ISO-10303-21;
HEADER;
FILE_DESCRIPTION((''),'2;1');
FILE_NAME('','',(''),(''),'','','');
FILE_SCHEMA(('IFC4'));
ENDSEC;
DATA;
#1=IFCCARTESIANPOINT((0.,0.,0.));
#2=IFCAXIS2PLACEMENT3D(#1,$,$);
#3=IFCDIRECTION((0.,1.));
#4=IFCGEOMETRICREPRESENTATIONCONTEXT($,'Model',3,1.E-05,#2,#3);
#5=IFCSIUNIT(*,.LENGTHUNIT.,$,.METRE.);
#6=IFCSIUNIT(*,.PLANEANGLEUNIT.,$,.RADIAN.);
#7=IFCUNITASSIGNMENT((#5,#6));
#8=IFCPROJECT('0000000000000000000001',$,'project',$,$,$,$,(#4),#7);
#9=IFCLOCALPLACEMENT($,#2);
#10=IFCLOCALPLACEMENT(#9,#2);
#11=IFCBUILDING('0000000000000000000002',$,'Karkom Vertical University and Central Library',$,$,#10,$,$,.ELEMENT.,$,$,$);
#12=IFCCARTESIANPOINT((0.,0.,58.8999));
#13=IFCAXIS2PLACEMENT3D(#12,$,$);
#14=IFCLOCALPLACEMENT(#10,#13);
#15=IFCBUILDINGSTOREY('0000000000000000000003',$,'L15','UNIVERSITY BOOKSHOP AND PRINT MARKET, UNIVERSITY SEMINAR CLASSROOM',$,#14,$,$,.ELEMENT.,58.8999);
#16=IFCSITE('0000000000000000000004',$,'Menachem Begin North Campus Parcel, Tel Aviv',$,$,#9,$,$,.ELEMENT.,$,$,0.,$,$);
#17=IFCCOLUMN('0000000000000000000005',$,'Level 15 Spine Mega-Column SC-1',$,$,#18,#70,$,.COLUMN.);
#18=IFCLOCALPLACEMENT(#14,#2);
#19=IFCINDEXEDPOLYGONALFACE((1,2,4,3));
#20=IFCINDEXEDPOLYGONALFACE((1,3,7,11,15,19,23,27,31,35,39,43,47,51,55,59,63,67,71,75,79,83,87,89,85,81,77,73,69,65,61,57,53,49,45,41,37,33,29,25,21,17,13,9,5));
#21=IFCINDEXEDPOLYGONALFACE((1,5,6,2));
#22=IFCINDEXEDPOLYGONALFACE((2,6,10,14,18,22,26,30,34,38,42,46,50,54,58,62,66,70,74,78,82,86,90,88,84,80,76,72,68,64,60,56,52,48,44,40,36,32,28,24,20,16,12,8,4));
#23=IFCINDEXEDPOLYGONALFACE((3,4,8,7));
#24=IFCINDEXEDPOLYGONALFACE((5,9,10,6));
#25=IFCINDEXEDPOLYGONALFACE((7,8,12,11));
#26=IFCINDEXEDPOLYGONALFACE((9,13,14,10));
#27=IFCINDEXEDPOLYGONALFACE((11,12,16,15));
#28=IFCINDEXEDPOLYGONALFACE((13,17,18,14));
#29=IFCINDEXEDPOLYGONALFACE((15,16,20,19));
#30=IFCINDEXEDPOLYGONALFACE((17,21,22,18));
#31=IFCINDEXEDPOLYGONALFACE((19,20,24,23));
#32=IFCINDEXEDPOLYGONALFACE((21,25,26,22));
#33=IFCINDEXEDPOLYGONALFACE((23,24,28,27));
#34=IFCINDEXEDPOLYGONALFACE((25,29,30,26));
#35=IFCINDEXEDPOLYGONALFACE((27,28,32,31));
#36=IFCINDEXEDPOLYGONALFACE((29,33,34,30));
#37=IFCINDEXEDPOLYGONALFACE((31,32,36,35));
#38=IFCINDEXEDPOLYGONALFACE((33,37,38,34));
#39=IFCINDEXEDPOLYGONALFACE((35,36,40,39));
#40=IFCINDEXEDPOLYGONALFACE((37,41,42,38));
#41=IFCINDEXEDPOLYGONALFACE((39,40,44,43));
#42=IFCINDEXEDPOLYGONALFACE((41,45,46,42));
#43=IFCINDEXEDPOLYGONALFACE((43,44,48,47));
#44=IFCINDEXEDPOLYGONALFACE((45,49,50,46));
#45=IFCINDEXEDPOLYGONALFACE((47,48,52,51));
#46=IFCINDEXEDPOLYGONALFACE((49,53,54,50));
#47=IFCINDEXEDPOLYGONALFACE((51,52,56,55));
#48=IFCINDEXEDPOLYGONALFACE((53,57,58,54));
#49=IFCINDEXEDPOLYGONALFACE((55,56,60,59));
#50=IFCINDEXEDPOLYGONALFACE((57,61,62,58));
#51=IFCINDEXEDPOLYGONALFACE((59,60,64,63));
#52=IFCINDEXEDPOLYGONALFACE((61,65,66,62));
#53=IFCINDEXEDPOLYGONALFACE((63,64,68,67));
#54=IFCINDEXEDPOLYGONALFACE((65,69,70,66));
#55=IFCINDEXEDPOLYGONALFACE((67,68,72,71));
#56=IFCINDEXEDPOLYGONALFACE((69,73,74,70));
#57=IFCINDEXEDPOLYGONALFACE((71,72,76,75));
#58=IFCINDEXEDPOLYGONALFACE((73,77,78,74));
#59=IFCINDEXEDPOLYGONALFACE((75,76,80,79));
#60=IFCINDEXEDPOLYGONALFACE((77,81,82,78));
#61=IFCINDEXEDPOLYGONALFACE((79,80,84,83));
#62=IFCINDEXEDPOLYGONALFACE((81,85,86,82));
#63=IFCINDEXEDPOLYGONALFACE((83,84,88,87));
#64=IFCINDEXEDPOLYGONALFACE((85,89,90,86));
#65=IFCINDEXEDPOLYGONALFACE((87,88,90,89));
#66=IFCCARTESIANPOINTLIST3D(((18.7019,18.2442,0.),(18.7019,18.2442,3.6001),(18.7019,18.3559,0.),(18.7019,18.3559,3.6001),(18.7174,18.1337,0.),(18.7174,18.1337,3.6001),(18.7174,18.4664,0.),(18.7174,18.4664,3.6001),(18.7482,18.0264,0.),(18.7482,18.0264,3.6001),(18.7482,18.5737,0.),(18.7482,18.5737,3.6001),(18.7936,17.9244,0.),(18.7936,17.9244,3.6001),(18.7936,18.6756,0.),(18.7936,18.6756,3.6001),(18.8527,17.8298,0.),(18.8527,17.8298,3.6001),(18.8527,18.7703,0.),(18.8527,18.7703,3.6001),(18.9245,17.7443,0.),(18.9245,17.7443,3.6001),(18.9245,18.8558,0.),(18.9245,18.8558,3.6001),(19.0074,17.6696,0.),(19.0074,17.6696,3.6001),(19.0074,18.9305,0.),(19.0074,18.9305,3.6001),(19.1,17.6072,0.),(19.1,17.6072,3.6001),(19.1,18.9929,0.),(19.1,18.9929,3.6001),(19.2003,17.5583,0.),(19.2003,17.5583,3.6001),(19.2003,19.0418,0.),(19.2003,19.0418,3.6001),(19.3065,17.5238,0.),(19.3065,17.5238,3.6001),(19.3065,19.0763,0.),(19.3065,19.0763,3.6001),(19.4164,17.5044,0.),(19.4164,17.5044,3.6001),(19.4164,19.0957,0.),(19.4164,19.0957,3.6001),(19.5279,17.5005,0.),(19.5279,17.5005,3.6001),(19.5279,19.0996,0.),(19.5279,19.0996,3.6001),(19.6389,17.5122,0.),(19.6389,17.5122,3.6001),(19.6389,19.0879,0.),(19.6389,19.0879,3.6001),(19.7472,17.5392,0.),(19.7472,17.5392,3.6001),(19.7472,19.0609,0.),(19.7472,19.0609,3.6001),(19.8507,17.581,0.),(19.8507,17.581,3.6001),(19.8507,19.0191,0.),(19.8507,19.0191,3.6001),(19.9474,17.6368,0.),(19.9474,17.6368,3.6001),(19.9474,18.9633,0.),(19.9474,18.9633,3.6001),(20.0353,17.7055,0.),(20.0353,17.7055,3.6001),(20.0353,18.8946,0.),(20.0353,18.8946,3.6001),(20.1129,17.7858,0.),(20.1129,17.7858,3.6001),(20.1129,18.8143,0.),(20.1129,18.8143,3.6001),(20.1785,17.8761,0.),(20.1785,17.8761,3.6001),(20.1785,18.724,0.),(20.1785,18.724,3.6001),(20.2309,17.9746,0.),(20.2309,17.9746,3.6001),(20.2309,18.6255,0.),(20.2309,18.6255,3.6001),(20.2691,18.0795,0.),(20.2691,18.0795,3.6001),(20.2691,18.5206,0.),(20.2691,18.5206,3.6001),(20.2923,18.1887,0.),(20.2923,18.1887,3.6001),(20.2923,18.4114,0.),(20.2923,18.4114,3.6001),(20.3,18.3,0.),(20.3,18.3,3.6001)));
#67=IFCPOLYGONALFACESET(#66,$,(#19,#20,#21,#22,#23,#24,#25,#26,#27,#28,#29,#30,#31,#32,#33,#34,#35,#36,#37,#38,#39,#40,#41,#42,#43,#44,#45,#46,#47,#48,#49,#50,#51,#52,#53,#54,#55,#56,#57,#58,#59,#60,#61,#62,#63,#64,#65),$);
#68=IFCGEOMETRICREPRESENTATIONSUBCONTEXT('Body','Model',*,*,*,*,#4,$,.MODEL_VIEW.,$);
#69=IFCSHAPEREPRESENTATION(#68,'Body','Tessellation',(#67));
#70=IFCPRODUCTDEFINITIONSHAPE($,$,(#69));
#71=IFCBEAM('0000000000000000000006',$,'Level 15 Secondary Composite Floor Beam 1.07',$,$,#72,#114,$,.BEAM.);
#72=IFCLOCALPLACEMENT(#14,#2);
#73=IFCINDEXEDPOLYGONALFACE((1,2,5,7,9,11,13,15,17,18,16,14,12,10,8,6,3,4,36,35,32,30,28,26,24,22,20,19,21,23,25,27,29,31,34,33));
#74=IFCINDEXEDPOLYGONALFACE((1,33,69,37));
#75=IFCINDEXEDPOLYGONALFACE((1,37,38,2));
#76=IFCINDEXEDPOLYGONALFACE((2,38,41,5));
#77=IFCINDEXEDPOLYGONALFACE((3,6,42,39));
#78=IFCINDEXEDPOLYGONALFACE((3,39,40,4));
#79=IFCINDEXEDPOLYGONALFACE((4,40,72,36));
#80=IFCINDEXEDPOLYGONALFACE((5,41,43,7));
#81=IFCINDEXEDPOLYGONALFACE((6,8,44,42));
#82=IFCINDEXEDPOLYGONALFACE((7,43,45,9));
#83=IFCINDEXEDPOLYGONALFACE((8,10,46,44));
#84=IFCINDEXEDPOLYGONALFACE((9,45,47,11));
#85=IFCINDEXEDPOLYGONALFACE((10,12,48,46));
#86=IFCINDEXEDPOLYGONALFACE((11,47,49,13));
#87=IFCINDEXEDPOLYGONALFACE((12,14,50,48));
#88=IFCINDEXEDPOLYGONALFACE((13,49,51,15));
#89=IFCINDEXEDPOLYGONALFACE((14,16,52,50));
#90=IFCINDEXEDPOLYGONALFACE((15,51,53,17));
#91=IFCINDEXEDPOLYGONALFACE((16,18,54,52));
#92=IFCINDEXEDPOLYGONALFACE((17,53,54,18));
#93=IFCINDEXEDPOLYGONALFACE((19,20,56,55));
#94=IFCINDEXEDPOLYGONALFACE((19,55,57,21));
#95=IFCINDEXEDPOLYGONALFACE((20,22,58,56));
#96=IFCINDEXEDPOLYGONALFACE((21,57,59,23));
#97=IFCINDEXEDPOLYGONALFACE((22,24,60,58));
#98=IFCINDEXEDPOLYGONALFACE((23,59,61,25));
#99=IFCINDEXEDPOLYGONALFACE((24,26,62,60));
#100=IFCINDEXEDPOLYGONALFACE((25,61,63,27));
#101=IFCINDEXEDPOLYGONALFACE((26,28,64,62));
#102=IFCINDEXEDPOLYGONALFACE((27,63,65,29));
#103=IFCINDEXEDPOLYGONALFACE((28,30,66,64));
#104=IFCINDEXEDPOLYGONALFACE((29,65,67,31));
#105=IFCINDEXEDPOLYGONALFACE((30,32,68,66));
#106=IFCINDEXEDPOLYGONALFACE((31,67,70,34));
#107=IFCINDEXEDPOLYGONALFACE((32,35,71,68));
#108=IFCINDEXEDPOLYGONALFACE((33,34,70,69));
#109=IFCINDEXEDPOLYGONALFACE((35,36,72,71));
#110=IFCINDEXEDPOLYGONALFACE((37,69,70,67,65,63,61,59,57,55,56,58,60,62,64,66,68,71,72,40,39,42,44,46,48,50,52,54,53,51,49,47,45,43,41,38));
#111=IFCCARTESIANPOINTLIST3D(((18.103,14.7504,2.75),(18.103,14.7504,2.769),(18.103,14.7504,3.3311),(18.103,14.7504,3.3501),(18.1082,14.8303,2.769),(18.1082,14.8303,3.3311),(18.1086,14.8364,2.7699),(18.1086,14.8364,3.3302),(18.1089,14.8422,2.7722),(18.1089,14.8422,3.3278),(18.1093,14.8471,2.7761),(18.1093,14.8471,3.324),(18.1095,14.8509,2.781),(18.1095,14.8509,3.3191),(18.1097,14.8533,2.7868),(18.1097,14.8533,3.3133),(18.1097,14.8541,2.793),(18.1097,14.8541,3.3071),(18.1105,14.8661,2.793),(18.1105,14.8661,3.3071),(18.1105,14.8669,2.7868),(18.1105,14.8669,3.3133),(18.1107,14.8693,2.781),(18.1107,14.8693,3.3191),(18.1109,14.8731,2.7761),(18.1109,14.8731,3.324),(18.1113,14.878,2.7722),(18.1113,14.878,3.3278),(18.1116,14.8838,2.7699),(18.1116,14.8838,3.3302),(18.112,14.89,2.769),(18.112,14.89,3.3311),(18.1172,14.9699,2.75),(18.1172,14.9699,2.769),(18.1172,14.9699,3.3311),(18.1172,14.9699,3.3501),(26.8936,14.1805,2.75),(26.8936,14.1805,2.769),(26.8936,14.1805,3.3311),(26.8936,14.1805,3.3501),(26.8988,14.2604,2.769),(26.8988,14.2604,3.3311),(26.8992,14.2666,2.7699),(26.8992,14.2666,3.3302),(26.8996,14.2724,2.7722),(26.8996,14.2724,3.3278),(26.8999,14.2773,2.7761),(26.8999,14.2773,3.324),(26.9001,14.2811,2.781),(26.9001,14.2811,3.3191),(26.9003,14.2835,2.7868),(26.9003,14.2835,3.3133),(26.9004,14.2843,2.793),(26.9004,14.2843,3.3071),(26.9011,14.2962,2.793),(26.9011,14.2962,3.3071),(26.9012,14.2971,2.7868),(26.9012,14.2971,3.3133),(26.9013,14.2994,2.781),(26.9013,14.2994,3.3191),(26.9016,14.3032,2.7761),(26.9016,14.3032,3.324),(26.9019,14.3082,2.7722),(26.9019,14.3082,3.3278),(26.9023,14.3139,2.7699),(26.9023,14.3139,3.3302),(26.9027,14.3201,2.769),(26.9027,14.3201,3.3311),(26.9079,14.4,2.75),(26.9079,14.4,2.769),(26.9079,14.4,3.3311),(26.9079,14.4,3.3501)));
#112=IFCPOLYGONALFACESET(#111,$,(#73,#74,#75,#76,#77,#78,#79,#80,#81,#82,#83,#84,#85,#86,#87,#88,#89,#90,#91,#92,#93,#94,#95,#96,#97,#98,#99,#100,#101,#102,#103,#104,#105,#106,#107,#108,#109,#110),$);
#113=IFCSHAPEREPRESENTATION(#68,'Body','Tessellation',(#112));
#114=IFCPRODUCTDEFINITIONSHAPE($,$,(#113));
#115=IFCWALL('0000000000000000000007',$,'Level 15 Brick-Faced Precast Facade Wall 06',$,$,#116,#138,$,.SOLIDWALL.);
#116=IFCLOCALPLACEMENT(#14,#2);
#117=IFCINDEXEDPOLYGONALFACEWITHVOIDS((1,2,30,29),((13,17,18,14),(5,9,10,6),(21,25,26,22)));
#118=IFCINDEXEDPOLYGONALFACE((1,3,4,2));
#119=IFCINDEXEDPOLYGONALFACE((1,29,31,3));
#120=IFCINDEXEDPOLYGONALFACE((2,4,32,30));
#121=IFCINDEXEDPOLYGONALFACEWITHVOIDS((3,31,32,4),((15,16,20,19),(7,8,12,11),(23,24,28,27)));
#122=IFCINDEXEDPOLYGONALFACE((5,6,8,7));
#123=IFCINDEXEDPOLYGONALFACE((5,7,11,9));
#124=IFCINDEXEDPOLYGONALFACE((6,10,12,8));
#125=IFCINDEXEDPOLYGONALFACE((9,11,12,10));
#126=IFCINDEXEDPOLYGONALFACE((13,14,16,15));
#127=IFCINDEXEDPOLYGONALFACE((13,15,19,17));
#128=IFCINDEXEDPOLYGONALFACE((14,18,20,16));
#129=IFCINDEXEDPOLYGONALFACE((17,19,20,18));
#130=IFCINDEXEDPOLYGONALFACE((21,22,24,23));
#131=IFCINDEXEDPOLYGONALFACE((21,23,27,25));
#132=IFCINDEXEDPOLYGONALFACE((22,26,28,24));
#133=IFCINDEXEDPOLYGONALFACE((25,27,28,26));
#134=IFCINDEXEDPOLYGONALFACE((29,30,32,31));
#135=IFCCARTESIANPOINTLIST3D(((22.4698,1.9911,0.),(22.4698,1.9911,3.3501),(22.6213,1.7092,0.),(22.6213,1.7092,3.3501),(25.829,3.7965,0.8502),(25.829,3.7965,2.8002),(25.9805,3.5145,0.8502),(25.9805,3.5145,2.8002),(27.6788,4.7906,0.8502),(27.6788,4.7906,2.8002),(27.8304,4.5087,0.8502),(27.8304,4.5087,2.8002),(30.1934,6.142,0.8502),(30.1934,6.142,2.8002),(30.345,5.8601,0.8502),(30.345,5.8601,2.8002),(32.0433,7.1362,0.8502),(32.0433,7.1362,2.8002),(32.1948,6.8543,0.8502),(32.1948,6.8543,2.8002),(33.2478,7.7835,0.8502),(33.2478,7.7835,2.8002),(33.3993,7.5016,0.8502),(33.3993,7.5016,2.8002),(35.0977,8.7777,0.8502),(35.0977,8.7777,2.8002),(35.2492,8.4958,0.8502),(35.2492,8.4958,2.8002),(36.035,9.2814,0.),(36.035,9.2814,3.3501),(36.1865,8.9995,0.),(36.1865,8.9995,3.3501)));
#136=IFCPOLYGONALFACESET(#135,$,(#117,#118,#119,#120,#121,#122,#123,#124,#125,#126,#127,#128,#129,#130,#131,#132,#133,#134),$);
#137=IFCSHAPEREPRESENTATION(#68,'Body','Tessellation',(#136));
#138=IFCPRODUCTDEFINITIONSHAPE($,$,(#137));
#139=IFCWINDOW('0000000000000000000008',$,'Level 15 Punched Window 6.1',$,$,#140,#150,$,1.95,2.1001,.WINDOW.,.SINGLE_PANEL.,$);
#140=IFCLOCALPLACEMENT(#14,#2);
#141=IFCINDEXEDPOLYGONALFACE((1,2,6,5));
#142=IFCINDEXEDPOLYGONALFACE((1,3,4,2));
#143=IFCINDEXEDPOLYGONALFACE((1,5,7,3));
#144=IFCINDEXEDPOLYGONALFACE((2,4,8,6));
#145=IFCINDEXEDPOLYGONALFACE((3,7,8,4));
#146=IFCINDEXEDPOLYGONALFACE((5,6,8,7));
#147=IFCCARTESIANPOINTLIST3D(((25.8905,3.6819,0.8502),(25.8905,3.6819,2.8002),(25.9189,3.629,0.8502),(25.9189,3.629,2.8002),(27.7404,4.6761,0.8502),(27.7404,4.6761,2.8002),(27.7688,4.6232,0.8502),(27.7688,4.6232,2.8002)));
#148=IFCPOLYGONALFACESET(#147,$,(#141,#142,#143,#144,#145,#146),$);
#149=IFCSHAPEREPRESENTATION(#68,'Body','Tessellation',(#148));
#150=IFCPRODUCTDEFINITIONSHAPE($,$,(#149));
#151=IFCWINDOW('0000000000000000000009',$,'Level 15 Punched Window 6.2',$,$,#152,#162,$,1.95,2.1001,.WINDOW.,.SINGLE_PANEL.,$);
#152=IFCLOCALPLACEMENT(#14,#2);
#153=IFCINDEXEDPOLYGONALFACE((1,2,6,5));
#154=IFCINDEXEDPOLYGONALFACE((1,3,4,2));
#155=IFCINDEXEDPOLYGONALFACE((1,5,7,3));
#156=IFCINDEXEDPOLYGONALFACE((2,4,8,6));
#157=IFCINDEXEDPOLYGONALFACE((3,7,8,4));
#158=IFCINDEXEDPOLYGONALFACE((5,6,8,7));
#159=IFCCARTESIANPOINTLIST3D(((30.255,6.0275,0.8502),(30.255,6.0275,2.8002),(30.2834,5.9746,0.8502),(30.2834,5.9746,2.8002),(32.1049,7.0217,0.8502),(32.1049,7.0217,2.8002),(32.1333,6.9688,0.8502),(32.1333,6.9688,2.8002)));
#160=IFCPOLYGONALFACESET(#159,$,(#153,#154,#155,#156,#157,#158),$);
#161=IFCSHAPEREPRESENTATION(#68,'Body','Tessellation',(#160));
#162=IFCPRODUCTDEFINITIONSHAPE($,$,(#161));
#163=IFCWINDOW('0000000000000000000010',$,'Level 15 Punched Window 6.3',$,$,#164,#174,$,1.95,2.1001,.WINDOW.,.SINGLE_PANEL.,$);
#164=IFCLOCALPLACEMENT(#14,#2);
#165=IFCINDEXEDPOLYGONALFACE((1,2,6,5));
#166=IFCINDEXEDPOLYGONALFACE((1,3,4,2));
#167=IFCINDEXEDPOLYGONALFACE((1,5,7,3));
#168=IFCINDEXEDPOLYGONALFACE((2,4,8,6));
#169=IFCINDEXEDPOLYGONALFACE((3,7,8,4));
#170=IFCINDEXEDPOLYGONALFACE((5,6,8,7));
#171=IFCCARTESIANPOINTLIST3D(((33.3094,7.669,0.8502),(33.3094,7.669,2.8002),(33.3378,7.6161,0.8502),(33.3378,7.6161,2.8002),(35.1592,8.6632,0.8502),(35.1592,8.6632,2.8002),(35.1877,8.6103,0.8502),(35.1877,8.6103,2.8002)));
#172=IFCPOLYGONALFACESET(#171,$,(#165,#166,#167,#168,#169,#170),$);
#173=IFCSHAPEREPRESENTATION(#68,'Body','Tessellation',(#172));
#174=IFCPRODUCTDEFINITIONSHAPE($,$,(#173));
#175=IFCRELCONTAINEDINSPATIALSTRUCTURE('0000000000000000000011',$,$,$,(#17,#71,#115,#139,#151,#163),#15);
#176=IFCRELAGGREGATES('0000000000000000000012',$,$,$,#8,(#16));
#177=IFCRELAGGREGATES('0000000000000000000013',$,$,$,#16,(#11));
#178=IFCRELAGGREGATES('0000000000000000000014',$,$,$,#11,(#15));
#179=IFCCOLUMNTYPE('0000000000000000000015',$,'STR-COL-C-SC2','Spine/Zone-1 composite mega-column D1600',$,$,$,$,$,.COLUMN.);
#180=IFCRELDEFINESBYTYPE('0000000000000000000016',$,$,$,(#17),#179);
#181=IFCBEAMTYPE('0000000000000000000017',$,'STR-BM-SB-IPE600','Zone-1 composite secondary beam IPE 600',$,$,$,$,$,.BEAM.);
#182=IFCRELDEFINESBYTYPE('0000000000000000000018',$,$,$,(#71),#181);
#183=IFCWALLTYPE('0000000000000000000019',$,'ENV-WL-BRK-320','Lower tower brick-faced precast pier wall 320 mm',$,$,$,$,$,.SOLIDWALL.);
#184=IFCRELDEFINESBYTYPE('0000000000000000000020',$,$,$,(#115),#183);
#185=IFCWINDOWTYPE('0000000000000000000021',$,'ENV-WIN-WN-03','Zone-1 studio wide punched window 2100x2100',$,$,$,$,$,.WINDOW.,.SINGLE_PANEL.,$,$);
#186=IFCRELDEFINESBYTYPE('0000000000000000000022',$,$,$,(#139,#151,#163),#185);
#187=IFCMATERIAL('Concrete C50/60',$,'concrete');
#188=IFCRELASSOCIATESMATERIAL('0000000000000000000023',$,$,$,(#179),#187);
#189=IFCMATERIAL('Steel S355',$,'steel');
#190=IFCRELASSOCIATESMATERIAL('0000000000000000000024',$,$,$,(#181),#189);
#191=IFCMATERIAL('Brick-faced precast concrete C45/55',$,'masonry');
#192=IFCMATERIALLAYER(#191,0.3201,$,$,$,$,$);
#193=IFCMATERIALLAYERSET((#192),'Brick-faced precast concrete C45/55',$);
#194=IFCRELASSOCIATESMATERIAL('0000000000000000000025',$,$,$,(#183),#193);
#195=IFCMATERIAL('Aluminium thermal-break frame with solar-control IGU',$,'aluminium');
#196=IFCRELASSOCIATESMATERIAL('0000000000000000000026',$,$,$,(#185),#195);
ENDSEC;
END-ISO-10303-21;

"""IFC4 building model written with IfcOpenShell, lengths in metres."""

from ifc_helpers import new_model, si_unit, direction, frame, frame_2d, origin, origin_with_axes, origin_2d, place, context, subcontext, project, spatial, rectangle, circle, i_section, extrude, source, transform, mapped, material, layer, layer_set, material_profile, profile_set, type_object, element, fill, save


model = new_model("IFC4")

# Units and contexts
model_context = context("Model", 3, precision=1e-05, world=origin(), true_north=direction((0.0, 1.0)))
body_context = subcontext(model_context, "Body", "Model", "MODEL_VIEW")
ifc_project = project(units=[si_unit("LENGTHUNIT", "METRE"), si_unit("PLANEANGLEUNIT", "RADIAN")], contexts=[model_context])

# Site, building, storey
site_placement = place(None, origin())
site = spatial("IfcSite", under=ifc_project, at=site_placement, Name="Menachem Begin North Campus Parcel, Tel Aviv", CompositionType="ELEMENT", RefElevation=0.0)
building_placement = place(site_placement, origin())
building = spatial("IfcBuilding", under=site, at=building_placement, Name="Karkom Vertical University and Central Library", CompositionType="ELEMENT")
storey_placement = place(building_placement, frame((0.0, 0.0, 58.8999)))
storey = spatial("IfcBuildingStorey", under=building, at=storey_placement, Name="L15", Description="UNIVERSITY BOOKSHOP AND PRINT MARKET, UNIVERSITY SEMINAR CLASSROOM", CompositionType="ELEMENT", Elevation=58.8999)

# Column
ifc_material_1 = material(Name="Concrete C50/60", Category="concrete")
ifc_material_profile_1 = material_profile(ifc_material_1, circle(Radius=0.8, at=origin_2d()), Name="CFT-D1600")
ifc_profile_set_1 = profile_set([ifc_material_profile_1], Name="Concrete C50/60")
column_type = type_object("IfcColumnType", Name="STR-COL-C-SC2", Description="Spine/Zone-1 composite mega-column D1600", PredefinedType="COLUMN", material=ifc_profile_set_1)
shared_shape_1 = source(origin_with_axes(), body_context, "Body", "SweptSolid", [
    extrude(circle(Radius=0.8, at=origin_2d()), origin(), (0.0, 0.0, 1.0), 3.6001),
])
column_placement = place(storey_placement, frame((19.5, 18.3, 0.0), z_axis=(0.0, 0.0, 1.0), x_axis=(1.0, 0.0, 0.0)))
element("IfcColumn", 1, at=column_placement, inside=storey, type_object=column_type, Name="Level 15 Spine Mega-Column SC-1", PredefinedType="COLUMN", context=body_context, shape_type="MappedRepresentation", body=[
    mapped(shared_shape_1, transform((0.0, 0.0, 0.0), scale=1.0)),
])

# Beam
ifc_material_2 = material(Name="Steel S355", Category="steel")
ifc_material_profile_2 = material_profile(ifc_material_2, i_section(OverallWidth=0.22, OverallDepth=0.6001, WebThickness=0.012, FlangeThickness=0.019, FilletRadius=0.0239, at=origin_2d()), Name="IPE 600")
ifc_profile_set_2 = profile_set([ifc_material_profile_2], Name="Steel S355")
beam_type = type_object("IfcBeamType", Name="STR-BM-SB-IPE600", Description="Zone-1 composite secondary beam IPE 600", PredefinedType="BEAM", material=ifc_profile_set_2)
shared_shape_2 = source(origin_with_axes(), body_context, "Body", "SweptSolid", [
    extrude(i_section(OverallWidth=0.22, OverallDepth=0.6001, WebThickness=0.012, FlangeThickness=0.019, FilletRadius=0.0239, at=origin_2d()), origin(), (0.0, 0.0, 1.0), 8.8091),
])
beam_placement = place(storey_placement, frame((18.1101, 14.8601, 3.05), z_axis=(0.997906, -0.064687, 0.0), x_axis=(0.064687, 0.997906, 0.0)))
element("IfcBeam", 2, at=beam_placement, inside=storey, type_object=beam_type, Name="Level 15 Secondary Composite Floor Beam 1.07", PredefinedType="BEAM", context=body_context, shape_type="MappedRepresentation", body=[
    mapped(shared_shape_2, transform((0.0, 0.0, 0.0), scale=1.0)),
])

# Wall, openings, windows
ifc_material_3 = material(Name="Brick-faced precast concrete C45/55", Category="masonry")
ifc_layer_1 = layer(ifc_material_3, 0.3201)
ifc_layer_set_1 = layer_set([ifc_layer_1], Name="Brick-faced precast concrete C45/55")
wall_type_1 = type_object("IfcWallType", Name="ENV-WL-BRK-320", Description="Lower tower brick-faced precast pier wall 320 mm", PredefinedType="SOLIDWALL", material=ifc_layer_set_1)
wall_1_placement = place(storey_placement, frame((22.5454, 1.8501, 0.0), z_axis=(0.0, 0.0, 1.0), x_axis=(0.880852, 0.473393, 0.0)))
wall_1 = element("IfcWall", 3, at=wall_1_placement, inside=storey, type_object=wall_type_1, Name="Level 15 Brick-Faced Precast Facade Wall 06", PredefinedType="SOLIDWALL", context=body_context, shape_type="SweptSolid", body=[
    extrude(rectangle(XDim=15.4001, YDim=0.3201, at=frame_2d((7.7002, 0.0))), origin(), (0.0, 0.0, 1.0), 3.3501),
])
opening_1_placement = place(wall_1_placement, frame((3.8137, 0.0, 0.8501)))
opening_1 = element("IfcOpeningElement", 4, at=opening_1_placement, cuts=wall_1, PredefinedType="OPENING", context=body_context, shape_type="SweptSolid", body=[
    extrude(rectangle(XDim=2.1001, YDim=1.95, at=frame_2d((1.05, 0.9751))), frame((0.0, 0.1699, 0.0), z_axis=(0.0, -1.0, 0.0), x_axis=(1.0, 0.0, 0.0)), (0.0, 0.0, 1.0), 0.3401),
])
opening_2_placement = place(wall_1_placement, frame((8.7686, 0.0, 0.8501)))
opening_2 = element("IfcOpeningElement", 5, at=opening_2_placement, cuts=wall_1, PredefinedType="OPENING", context=body_context, shape_type="SweptSolid", body=[
    extrude(rectangle(XDim=2.1001, YDim=1.95, at=frame_2d((1.05, 0.9751))), frame((0.0, 0.1699, 0.0), z_axis=(0.0, -1.0, 0.0), x_axis=(1.0, 0.0, 0.0)), (0.0, 0.0, 1.0), 0.3401),
])
opening_3_placement = place(wall_1_placement, frame((12.2361, 0.0, 0.8501)))
opening_3 = element("IfcOpeningElement", 6, at=opening_3_placement, cuts=wall_1, PredefinedType="OPENING", context=body_context, shape_type="SweptSolid", body=[
    extrude(rectangle(XDim=2.1001, YDim=1.95, at=frame_2d((1.05, 0.9751))), frame((0.0, 0.1699, 0.0), z_axis=(0.0, -1.0, 0.0), x_axis=(1.0, 0.0, 0.0)), (0.0, 0.0, 1.0), 0.3401),
])
ifc_material_4 = material(Name="Aluminium thermal-break frame with solar-control IGU", Category="aluminium")
window_type = type_object("IfcWindowType", Name="ENV-WIN-WN-03", Description="Zone-1 studio wide punched window 2100x2100", PartitioningType="SINGLE_PANEL", PredefinedType="WINDOW", material=ifc_material_4)
shared_shape_3 = source(origin_with_axes(), body_context, "Body", "SweptSolid", [
    extrude(rectangle(XDim=2.1001, YDim=1.95, at=frame_2d((1.05, 0.9751))), frame((0.0, 0.03, 0.0), z_axis=(0.0, -1.0, 0.0), x_axis=(1.0, 0.0, 0.0)), (0.0, 0.0, 1.0), 0.0601),
])
window_1_placement = place(opening_1_placement, origin())
window_1 = element("IfcWindow", 7, at=window_1_placement, inside=storey, type_object=window_type, Name="Level 15 Punched Window 6.1", OverallHeight=1.95, OverallWidth=2.1001, PartitioningType="SINGLE_PANEL", PredefinedType="WINDOW", context=body_context, shape_type="MappedRepresentation", body=[
    mapped(shared_shape_3, transform((0.0, 0.0, 0.0), scale=1.0)),
])
fill(opening_1, window_1)
window_2_placement = place(opening_2_placement, origin())
window_2 = element("IfcWindow", 8, at=window_2_placement, inside=storey, type_object=window_type, Name="Level 15 Punched Window 6.2", OverallHeight=1.95, OverallWidth=2.1001, PartitioningType="SINGLE_PANEL", PredefinedType="WINDOW", context=body_context, shape_type="MappedRepresentation", body=[
    mapped(shared_shape_3, transform((0.0, 0.0, 0.0), scale=1.0)),
])
fill(opening_2, window_2)
window_3_placement = place(opening_3_placement, origin())
window_3 = element("IfcWindow", 9, at=window_3_placement, inside=storey, type_object=window_type, Name="Level 15 Punched Window 6.3", OverallHeight=1.95, OverallWidth=2.1001, PartitioningType="SINGLE_PANEL", PredefinedType="WINDOW", context=body_context, shape_type="MappedRepresentation", body=[
    mapped(shared_shape_3, transform((0.0, 0.0, 0.0), scale=1.0)),
])
fill(opening_3, window_3)

save(model, "model.ifc")
